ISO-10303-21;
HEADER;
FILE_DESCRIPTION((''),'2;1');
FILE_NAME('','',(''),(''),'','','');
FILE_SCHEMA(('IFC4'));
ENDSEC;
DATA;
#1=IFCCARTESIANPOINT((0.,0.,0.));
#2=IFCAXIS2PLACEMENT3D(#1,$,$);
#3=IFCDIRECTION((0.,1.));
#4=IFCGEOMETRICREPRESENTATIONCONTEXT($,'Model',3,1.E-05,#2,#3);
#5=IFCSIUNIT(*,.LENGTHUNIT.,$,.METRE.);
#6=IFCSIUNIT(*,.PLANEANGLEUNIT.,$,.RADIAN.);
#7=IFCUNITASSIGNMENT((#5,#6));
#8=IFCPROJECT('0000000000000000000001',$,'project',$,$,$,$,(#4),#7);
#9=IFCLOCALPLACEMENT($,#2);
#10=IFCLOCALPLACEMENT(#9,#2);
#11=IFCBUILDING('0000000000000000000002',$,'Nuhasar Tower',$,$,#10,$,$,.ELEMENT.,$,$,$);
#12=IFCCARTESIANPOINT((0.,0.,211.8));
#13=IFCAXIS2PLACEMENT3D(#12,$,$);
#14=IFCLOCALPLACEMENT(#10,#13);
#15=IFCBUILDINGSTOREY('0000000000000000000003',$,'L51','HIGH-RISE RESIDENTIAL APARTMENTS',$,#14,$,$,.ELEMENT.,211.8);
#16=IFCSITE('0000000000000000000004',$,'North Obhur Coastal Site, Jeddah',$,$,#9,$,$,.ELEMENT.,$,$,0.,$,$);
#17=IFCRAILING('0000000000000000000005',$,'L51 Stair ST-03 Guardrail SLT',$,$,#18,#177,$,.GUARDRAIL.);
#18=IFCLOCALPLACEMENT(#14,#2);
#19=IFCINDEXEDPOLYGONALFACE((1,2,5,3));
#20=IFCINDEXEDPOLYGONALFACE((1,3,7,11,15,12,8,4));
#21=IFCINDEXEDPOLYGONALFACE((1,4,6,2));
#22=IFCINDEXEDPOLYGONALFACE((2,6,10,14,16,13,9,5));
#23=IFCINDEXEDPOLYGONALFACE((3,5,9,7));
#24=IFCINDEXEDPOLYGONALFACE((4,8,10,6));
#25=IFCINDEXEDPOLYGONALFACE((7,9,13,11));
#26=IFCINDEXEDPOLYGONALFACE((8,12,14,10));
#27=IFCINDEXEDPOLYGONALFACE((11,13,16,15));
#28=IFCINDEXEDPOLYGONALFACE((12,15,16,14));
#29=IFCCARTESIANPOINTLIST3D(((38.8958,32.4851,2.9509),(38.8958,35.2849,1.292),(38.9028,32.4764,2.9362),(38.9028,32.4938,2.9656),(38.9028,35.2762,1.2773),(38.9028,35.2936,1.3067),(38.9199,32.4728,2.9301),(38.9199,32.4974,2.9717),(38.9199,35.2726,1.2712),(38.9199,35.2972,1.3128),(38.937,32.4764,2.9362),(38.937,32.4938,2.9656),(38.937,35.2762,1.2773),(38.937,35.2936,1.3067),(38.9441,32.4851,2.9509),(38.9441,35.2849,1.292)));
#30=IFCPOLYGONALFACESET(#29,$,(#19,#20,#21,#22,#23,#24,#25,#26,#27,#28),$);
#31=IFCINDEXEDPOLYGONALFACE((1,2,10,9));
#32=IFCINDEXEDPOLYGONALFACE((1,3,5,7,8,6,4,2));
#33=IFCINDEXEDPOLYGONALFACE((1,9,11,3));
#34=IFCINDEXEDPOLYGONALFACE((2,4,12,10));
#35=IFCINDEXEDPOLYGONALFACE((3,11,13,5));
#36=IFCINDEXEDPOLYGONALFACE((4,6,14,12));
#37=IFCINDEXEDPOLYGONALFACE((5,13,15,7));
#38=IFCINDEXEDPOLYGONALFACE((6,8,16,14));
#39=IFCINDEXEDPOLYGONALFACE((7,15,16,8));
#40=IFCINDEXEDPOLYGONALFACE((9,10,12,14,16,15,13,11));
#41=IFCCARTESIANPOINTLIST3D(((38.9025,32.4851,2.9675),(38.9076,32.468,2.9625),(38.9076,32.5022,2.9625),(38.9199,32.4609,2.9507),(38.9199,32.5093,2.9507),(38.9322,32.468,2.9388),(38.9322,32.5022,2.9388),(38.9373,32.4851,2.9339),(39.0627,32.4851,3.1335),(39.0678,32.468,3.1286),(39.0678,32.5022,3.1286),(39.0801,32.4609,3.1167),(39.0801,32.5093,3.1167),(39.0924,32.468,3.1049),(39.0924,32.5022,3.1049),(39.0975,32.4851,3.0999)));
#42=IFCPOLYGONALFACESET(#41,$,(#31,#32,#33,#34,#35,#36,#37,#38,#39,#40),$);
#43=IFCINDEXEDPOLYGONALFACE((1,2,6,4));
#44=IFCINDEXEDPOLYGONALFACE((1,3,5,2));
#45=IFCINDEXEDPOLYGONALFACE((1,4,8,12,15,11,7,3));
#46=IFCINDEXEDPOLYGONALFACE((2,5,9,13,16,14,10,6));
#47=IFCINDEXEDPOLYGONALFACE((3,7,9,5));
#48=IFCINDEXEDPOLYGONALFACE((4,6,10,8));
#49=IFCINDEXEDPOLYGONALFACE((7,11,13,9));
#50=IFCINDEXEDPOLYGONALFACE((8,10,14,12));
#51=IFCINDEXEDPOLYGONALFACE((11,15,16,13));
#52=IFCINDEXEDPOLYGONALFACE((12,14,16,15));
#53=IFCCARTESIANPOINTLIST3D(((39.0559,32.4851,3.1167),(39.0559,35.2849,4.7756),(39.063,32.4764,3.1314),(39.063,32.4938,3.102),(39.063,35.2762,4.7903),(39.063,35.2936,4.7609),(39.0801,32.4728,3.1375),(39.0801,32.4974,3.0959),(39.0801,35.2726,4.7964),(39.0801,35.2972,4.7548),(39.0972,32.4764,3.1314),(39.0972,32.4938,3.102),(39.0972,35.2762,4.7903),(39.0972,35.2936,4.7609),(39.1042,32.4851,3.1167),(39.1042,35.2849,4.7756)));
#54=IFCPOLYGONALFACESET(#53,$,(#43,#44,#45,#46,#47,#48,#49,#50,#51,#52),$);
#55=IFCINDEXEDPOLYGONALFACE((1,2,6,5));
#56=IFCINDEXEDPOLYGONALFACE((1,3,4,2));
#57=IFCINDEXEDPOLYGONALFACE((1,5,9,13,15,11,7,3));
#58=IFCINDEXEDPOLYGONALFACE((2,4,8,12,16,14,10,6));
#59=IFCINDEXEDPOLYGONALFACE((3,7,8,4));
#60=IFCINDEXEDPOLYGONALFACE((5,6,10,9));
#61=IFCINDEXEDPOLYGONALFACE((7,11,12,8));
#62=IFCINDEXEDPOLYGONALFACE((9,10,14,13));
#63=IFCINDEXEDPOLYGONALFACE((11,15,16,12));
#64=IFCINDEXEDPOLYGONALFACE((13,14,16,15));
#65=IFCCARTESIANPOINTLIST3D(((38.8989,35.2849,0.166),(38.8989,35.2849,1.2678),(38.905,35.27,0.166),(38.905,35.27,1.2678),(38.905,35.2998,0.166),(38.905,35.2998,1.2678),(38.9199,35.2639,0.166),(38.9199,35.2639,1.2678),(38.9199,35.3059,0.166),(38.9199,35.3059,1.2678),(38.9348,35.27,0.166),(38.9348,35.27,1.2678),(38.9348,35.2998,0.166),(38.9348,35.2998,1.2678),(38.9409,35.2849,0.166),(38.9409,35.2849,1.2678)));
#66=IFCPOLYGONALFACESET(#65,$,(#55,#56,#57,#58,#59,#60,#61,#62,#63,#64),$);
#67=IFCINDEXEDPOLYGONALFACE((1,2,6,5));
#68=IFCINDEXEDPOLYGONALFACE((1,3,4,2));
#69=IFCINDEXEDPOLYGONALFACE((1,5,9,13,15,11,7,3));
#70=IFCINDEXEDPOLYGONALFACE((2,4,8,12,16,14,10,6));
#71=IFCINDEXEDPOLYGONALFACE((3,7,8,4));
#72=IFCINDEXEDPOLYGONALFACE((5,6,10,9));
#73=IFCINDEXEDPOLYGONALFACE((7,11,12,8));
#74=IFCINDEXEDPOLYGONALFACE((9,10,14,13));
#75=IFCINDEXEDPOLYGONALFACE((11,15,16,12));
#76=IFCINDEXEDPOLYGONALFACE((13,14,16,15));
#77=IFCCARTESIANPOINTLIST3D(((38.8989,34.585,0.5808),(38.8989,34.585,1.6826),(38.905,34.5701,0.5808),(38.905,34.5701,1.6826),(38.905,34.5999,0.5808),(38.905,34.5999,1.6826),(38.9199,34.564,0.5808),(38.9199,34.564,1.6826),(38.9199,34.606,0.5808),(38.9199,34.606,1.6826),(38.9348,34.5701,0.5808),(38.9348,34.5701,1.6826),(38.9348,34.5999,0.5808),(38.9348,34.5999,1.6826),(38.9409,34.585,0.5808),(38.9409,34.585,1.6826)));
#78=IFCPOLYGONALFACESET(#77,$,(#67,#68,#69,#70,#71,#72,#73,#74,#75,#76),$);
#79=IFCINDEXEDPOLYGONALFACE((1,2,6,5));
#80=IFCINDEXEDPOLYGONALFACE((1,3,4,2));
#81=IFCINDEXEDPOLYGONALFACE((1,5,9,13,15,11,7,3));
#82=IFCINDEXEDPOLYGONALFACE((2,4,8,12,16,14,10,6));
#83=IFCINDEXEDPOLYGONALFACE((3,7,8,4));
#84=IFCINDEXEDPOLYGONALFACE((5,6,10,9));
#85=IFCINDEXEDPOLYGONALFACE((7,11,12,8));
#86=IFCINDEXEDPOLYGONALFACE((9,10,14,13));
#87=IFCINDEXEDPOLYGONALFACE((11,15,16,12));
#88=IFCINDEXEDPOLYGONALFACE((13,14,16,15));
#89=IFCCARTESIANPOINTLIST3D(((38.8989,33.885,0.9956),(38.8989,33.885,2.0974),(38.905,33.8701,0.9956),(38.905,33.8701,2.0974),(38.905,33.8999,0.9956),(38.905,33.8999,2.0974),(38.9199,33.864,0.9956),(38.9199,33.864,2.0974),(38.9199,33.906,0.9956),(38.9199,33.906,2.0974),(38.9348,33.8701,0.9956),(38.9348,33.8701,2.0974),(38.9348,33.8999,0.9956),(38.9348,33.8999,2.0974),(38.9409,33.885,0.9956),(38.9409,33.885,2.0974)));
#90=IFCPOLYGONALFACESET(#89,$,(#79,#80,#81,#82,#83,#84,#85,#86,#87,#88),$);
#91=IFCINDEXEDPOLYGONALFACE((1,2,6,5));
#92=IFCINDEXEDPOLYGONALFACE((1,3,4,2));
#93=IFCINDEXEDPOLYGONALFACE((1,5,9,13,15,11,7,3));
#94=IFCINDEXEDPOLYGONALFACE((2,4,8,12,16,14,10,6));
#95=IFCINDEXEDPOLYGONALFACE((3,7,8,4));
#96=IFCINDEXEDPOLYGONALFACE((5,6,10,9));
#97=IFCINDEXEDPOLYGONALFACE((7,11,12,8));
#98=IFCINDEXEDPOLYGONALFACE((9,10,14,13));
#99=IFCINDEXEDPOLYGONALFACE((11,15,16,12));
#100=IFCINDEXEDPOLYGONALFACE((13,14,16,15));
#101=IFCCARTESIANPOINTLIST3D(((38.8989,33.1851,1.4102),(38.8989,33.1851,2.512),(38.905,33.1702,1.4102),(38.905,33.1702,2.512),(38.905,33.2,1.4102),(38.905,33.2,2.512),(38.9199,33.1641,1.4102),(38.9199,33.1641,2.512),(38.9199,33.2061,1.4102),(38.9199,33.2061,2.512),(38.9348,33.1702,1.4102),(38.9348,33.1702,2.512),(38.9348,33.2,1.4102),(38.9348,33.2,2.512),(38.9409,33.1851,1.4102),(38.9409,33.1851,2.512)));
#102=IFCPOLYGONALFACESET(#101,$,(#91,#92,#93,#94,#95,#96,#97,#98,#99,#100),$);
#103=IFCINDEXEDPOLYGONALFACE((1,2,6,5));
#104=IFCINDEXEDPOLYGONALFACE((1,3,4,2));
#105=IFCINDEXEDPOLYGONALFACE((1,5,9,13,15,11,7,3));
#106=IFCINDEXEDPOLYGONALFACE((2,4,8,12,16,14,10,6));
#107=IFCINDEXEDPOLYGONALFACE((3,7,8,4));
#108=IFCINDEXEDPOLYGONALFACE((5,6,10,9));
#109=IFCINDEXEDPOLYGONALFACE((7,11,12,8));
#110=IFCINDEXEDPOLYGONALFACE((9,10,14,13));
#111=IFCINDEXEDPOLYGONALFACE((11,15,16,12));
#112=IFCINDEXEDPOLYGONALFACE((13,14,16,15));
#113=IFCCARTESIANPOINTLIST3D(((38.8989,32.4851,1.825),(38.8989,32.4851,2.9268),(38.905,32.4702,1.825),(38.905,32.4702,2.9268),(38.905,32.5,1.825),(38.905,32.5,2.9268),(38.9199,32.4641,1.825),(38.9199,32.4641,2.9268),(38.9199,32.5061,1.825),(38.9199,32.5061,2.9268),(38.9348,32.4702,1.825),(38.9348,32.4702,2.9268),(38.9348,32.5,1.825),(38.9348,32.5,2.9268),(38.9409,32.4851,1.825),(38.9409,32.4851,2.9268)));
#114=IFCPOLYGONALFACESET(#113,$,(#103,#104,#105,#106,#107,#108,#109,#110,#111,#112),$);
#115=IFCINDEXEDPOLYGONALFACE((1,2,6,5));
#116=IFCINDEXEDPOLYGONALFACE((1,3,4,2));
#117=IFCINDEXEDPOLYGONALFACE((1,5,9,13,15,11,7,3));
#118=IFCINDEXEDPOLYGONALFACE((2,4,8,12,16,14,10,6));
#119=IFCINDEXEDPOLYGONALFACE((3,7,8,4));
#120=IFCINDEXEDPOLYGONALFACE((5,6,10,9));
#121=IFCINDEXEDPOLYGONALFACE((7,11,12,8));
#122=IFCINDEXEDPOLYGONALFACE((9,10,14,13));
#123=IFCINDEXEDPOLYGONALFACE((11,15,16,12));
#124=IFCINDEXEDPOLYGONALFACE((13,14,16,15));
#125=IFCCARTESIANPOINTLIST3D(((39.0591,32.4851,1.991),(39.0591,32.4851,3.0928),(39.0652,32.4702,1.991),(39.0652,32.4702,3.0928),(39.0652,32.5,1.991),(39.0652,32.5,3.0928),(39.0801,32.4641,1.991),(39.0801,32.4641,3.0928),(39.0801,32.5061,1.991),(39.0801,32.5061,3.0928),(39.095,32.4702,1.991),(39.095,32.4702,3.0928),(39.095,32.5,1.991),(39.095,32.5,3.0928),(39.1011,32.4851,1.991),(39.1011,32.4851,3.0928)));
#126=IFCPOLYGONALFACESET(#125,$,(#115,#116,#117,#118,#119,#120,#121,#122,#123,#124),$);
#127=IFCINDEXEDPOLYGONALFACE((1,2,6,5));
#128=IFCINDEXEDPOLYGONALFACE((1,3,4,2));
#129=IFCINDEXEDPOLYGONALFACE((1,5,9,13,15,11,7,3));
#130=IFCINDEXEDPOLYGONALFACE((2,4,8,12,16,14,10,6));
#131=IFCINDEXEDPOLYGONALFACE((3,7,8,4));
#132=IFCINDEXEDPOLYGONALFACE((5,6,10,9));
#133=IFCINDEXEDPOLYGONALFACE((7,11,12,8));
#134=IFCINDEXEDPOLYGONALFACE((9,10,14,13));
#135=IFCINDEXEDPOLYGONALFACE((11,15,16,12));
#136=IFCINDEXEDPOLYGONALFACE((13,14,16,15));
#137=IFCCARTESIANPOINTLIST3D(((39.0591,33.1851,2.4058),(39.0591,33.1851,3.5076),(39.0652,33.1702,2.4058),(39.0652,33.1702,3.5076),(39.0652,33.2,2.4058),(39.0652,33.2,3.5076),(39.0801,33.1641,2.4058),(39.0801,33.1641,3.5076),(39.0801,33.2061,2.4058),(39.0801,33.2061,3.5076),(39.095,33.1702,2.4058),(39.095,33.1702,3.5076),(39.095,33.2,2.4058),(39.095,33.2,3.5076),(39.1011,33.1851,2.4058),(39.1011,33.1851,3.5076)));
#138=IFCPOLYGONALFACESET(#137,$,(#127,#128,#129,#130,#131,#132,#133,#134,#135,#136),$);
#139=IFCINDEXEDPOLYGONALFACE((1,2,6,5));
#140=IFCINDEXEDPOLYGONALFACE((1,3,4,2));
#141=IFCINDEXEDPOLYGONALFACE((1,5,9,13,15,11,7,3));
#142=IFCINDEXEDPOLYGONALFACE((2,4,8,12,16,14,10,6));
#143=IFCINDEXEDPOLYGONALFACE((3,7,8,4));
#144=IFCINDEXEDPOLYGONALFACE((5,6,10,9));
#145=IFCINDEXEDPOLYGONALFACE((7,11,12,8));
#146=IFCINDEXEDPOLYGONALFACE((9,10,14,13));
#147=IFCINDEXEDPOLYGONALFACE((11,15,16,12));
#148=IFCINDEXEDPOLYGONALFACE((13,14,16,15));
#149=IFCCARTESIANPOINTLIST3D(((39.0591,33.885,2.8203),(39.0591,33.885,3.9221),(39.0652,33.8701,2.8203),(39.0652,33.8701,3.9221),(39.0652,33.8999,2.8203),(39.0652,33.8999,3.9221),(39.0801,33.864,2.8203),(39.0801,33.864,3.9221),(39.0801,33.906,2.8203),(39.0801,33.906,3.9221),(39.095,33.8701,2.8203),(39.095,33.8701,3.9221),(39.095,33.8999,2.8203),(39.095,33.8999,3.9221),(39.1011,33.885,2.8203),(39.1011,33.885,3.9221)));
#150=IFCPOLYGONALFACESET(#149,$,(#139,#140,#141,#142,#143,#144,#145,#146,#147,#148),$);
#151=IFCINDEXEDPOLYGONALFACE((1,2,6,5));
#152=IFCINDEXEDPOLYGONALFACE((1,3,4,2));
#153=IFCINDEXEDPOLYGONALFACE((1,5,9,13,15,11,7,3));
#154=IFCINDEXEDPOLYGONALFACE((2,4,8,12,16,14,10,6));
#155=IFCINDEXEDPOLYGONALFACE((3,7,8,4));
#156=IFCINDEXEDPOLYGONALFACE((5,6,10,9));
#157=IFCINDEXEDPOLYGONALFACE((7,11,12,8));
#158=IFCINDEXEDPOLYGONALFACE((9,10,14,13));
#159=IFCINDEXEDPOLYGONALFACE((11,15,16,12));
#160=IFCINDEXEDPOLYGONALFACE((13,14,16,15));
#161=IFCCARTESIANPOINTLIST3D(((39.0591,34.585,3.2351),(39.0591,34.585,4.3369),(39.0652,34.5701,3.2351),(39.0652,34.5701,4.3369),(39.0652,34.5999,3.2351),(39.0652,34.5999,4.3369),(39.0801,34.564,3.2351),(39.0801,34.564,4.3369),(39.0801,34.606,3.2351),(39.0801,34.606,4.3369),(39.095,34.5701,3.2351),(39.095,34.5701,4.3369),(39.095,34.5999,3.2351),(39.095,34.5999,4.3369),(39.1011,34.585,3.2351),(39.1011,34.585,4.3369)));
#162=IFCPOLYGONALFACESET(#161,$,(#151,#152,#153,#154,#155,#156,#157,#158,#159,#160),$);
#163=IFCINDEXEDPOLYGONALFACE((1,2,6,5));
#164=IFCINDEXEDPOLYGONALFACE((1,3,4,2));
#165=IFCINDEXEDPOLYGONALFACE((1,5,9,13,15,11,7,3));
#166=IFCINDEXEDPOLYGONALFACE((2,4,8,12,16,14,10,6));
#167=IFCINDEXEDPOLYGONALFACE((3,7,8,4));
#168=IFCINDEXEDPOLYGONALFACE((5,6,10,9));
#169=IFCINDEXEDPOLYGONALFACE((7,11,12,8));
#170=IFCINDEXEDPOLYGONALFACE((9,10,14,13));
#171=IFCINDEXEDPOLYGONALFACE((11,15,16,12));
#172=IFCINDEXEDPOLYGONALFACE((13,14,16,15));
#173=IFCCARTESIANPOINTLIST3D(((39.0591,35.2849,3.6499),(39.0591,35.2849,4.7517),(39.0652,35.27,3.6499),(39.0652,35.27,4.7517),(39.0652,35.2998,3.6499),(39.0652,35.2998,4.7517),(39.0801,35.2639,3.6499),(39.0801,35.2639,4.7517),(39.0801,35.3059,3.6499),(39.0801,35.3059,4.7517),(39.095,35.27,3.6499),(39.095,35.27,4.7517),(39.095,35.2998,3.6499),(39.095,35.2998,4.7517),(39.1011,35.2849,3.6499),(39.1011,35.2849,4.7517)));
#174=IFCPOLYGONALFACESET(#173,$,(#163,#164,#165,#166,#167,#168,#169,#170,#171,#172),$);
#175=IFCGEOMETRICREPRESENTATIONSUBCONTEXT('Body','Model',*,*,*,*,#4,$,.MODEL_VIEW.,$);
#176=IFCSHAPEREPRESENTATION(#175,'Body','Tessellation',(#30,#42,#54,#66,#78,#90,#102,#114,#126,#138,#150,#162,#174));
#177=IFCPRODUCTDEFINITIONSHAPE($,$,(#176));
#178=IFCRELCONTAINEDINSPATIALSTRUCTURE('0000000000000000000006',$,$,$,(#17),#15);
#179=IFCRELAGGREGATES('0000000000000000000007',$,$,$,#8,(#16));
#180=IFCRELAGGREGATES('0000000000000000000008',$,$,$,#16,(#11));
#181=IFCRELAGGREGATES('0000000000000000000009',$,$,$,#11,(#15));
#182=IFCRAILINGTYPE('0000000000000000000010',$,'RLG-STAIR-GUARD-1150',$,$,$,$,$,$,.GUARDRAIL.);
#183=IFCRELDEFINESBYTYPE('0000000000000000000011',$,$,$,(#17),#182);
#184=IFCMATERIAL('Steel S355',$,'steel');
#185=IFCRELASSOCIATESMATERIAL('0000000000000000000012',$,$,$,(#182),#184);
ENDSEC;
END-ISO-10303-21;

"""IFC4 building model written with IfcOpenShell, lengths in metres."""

from ifc_helpers import new_model, si_unit, direction, frame, origin, place, context, subcontext, project, spatial, polyline, outline, extrude, material, type_object, element, save


model = new_model("IFC4")

# Units and contexts
model_context = context("Model", 3, precision=1e-05, world=origin(), true_north=direction((0.0, 1.0)))
body_context = subcontext(model_context, "Body", "Model", "MODEL_VIEW")
ifc_project = project(units=[si_unit("LENGTHUNIT", "METRE"), si_unit("PLANEANGLEUNIT", "RADIAN")], contexts=[model_context])

# Site, building, storey
site_placement = place(None, origin())
site = spatial("IfcSite", under=ifc_project, at=site_placement, Name="North Obhur Coastal Site, Jeddah", CompositionType="ELEMENT", RefElevation=0.0)
building_placement = place(site_placement, origin())
building = spatial("IfcBuilding", under=site, at=building_placement, Name="Nuhasar Tower", CompositionType="ELEMENT")
storey_placement = place(building_placement, frame((0.0, 0.0, 211.8)))
storey = spatial("IfcBuildingStorey", under=building, at=storey_placement, Name="L51", Description="HIGH-RISE RESIDENTIAL APARTMENTS", CompositionType="ELEMENT", Elevation=211.8)

# Shared definitions
ifc_material_1 = material(Name="Steel S355", Category="steel")

# Railing
railing_type_1 = type_object("IfcRailingType", Name="RLG-STAIR-GUARD-1150", PredefinedType="GUARDRAIL", material=ifc_material_1)
railing_1_placement = place(storey_placement, frame((38.9199, 35.2849, 0.166)))
element("IfcRailing", 1, at=railing_1_placement, inside=storey, type_object=railing_type_1, Name="L51 Stair ST-03 Guardrail SLT", PredefinedType="GUARDRAIL", context=body_context, shape_type="SweptSolid", body=[
    extrude(outline(polyline([(0.0242, 0.0), (0.0171, 0.0171), (0.0, 0.0242), (-0.0171, 0.0171), (-0.0242, 0.0), (-0.0171, -0.0171), (0.0, -0.0242), (0.0171, -0.0171), (0.0242, 0.0)])), frame((0.0, 0.0, 1.126), z_axis=(0.0, -0.86032, 0.509755), x_axis=(1.0, 0.0, 0.0)), (0.0, 0.0, 1.0), 3.2544),
    extrude(outline(polyline([(0.0242, 0.0), (0.0171, 0.0171), (0.0, 0.0242), (-0.0171, 0.0171), (-0.0242, 0.0), (-0.0171, -0.0171), (0.0, -0.0242), (0.0171, -0.0171), (0.0242, 0.0)])), frame((0.0, -2.7998, 2.7847), z_axis=(0.694292, 0.0, 0.719693), x_axis=(0.0, 1.0, 0.0)), (0.0, 0.0, 1.0), 0.2307),
    extrude(outline(polyline([(0.0242, 0.0), (0.0171, 0.0171), (0.0, 0.0242), (-0.0171, 0.0171), (-0.0242, 0.0), (-0.0171, -0.0171), (0.0, -0.0242), (0.0171, -0.0171), (0.0242, 0.0)])), frame((0.1602, -2.7998, 2.9507), z_axis=(0.0, 0.86032, 0.509755), x_axis=(-1.0, 0.0, 0.0)), (0.0, 0.0, 1.0), 3.2544),
    extrude(outline(polyline([(0.021, 0.0), (0.0149, 0.0149), (0.0, 0.021), (-0.0149, 0.0149), (-0.021, 0.0), (-0.0149, -0.0149), (0.0, -0.021), (0.0149, -0.0149), (0.021, 0.0)])), origin(), (0.0, 0.0, 1.0), 1.1018),
    extrude(outline(polyline([(0.021, 0.0), (0.0149, 0.0149), (0.0, 0.021), (-0.0149, 0.0149), (-0.021, 0.0), (-0.0149, -0.0149), (0.0, -0.021), (0.0149, -0.0149), (0.021, 0.0)])), frame((0.0, -0.7, 0.4148)), (0.0, 0.0, 1.0), 1.1018),
    extrude(outline(polyline([(0.021, 0.0), (0.0149, 0.0149), (0.0, 0.021), (-0.0149, 0.0149), (-0.021, 0.0), (-0.0149, -0.0149), (0.0, -0.021), (0.0149, -0.0149), (0.021, 0.0)])), frame((0.0, -1.3999, 0.8296)), (0.0, 0.0, 1.0), 1.1018),
    extrude(outline(polyline([(0.021, 0.0), (0.0149, 0.0149), (0.0, 0.021), (-0.0149, 0.0149), (-0.021, 0.0), (-0.0149, -0.0149), (0.0, -0.021), (0.0149, -0.0149), (0.021, 0.0)])), frame((0.0, -2.0999, 1.2441)), (0.0, 0.0, 1.0), 1.1018),
    extrude(outline(polyline([(0.021, 0.0), (0.0149, 0.0149), (0.0, 0.021), (-0.0149, 0.0149), (-0.021, 0.0), (-0.0149, -0.0149), (0.0, -0.021), (0.0149, -0.0149), (0.021, 0.0)])), frame((0.0, -2.7998, 1.6589)), (0.0, 0.0, 1.0), 1.1018),
    extrude(outline(polyline([(0.021, 0.0), (0.0149, 0.0149), (0.0, 0.021), (-0.0149, 0.0149), (-0.021, 0.0), (-0.0149, -0.0149), (0.0, -0.021), (0.0149, -0.0149), (0.021, 0.0)])), frame((0.1602, -2.7998, 1.825)), (0.0, 0.0, 1.0), 1.1018),
    extrude(outline(polyline([(0.021, 0.0), (0.0149, 0.0149), (0.0, 0.021), (-0.0149, 0.0149), (-0.021, 0.0), (-0.0149, -0.0149), (0.0, -0.021), (0.0149, -0.0149), (0.021, 0.0)])), frame((0.1602, -2.0999, 2.2397)), (0.0, 0.0, 1.0), 1.1018),
    extrude(outline(polyline([(0.021, 0.0), (0.0149, 0.0149), (0.0, 0.021), (-0.0149, 0.0149), (-0.021, 0.0), (-0.0149, -0.0149), (0.0, -0.021), (0.0149, -0.0149), (0.021, 0.0)])), frame((0.1602, -1.3999, 2.6543)), (0.0, 0.0, 1.0), 1.1018),
    extrude(outline(polyline([(0.021, 0.0), (0.0149, 0.0149), (0.0, 0.021), (-0.0149, 0.0149), (-0.021, 0.0), (-0.0149, -0.0149), (0.0, -0.021), (0.0149, -0.0149), (0.021, 0.0)])), frame((0.1602, -0.7, 3.0691)), (0.0, 0.0, 1.0), 1.1018),
    extrude(outline(polyline([(0.021, 0.0), (0.0149, 0.0149), (0.0, 0.021), (-0.0149, 0.0149), (-0.021, 0.0), (-0.0149, -0.0149), (0.0, -0.021), (0.0149, -0.0149), (0.021, 0.0)])), frame((0.1602, 0.0, 3.4839)), (0.0, 0.0, 1.0), 1.1018),
])

save(model, "model.ifc")
